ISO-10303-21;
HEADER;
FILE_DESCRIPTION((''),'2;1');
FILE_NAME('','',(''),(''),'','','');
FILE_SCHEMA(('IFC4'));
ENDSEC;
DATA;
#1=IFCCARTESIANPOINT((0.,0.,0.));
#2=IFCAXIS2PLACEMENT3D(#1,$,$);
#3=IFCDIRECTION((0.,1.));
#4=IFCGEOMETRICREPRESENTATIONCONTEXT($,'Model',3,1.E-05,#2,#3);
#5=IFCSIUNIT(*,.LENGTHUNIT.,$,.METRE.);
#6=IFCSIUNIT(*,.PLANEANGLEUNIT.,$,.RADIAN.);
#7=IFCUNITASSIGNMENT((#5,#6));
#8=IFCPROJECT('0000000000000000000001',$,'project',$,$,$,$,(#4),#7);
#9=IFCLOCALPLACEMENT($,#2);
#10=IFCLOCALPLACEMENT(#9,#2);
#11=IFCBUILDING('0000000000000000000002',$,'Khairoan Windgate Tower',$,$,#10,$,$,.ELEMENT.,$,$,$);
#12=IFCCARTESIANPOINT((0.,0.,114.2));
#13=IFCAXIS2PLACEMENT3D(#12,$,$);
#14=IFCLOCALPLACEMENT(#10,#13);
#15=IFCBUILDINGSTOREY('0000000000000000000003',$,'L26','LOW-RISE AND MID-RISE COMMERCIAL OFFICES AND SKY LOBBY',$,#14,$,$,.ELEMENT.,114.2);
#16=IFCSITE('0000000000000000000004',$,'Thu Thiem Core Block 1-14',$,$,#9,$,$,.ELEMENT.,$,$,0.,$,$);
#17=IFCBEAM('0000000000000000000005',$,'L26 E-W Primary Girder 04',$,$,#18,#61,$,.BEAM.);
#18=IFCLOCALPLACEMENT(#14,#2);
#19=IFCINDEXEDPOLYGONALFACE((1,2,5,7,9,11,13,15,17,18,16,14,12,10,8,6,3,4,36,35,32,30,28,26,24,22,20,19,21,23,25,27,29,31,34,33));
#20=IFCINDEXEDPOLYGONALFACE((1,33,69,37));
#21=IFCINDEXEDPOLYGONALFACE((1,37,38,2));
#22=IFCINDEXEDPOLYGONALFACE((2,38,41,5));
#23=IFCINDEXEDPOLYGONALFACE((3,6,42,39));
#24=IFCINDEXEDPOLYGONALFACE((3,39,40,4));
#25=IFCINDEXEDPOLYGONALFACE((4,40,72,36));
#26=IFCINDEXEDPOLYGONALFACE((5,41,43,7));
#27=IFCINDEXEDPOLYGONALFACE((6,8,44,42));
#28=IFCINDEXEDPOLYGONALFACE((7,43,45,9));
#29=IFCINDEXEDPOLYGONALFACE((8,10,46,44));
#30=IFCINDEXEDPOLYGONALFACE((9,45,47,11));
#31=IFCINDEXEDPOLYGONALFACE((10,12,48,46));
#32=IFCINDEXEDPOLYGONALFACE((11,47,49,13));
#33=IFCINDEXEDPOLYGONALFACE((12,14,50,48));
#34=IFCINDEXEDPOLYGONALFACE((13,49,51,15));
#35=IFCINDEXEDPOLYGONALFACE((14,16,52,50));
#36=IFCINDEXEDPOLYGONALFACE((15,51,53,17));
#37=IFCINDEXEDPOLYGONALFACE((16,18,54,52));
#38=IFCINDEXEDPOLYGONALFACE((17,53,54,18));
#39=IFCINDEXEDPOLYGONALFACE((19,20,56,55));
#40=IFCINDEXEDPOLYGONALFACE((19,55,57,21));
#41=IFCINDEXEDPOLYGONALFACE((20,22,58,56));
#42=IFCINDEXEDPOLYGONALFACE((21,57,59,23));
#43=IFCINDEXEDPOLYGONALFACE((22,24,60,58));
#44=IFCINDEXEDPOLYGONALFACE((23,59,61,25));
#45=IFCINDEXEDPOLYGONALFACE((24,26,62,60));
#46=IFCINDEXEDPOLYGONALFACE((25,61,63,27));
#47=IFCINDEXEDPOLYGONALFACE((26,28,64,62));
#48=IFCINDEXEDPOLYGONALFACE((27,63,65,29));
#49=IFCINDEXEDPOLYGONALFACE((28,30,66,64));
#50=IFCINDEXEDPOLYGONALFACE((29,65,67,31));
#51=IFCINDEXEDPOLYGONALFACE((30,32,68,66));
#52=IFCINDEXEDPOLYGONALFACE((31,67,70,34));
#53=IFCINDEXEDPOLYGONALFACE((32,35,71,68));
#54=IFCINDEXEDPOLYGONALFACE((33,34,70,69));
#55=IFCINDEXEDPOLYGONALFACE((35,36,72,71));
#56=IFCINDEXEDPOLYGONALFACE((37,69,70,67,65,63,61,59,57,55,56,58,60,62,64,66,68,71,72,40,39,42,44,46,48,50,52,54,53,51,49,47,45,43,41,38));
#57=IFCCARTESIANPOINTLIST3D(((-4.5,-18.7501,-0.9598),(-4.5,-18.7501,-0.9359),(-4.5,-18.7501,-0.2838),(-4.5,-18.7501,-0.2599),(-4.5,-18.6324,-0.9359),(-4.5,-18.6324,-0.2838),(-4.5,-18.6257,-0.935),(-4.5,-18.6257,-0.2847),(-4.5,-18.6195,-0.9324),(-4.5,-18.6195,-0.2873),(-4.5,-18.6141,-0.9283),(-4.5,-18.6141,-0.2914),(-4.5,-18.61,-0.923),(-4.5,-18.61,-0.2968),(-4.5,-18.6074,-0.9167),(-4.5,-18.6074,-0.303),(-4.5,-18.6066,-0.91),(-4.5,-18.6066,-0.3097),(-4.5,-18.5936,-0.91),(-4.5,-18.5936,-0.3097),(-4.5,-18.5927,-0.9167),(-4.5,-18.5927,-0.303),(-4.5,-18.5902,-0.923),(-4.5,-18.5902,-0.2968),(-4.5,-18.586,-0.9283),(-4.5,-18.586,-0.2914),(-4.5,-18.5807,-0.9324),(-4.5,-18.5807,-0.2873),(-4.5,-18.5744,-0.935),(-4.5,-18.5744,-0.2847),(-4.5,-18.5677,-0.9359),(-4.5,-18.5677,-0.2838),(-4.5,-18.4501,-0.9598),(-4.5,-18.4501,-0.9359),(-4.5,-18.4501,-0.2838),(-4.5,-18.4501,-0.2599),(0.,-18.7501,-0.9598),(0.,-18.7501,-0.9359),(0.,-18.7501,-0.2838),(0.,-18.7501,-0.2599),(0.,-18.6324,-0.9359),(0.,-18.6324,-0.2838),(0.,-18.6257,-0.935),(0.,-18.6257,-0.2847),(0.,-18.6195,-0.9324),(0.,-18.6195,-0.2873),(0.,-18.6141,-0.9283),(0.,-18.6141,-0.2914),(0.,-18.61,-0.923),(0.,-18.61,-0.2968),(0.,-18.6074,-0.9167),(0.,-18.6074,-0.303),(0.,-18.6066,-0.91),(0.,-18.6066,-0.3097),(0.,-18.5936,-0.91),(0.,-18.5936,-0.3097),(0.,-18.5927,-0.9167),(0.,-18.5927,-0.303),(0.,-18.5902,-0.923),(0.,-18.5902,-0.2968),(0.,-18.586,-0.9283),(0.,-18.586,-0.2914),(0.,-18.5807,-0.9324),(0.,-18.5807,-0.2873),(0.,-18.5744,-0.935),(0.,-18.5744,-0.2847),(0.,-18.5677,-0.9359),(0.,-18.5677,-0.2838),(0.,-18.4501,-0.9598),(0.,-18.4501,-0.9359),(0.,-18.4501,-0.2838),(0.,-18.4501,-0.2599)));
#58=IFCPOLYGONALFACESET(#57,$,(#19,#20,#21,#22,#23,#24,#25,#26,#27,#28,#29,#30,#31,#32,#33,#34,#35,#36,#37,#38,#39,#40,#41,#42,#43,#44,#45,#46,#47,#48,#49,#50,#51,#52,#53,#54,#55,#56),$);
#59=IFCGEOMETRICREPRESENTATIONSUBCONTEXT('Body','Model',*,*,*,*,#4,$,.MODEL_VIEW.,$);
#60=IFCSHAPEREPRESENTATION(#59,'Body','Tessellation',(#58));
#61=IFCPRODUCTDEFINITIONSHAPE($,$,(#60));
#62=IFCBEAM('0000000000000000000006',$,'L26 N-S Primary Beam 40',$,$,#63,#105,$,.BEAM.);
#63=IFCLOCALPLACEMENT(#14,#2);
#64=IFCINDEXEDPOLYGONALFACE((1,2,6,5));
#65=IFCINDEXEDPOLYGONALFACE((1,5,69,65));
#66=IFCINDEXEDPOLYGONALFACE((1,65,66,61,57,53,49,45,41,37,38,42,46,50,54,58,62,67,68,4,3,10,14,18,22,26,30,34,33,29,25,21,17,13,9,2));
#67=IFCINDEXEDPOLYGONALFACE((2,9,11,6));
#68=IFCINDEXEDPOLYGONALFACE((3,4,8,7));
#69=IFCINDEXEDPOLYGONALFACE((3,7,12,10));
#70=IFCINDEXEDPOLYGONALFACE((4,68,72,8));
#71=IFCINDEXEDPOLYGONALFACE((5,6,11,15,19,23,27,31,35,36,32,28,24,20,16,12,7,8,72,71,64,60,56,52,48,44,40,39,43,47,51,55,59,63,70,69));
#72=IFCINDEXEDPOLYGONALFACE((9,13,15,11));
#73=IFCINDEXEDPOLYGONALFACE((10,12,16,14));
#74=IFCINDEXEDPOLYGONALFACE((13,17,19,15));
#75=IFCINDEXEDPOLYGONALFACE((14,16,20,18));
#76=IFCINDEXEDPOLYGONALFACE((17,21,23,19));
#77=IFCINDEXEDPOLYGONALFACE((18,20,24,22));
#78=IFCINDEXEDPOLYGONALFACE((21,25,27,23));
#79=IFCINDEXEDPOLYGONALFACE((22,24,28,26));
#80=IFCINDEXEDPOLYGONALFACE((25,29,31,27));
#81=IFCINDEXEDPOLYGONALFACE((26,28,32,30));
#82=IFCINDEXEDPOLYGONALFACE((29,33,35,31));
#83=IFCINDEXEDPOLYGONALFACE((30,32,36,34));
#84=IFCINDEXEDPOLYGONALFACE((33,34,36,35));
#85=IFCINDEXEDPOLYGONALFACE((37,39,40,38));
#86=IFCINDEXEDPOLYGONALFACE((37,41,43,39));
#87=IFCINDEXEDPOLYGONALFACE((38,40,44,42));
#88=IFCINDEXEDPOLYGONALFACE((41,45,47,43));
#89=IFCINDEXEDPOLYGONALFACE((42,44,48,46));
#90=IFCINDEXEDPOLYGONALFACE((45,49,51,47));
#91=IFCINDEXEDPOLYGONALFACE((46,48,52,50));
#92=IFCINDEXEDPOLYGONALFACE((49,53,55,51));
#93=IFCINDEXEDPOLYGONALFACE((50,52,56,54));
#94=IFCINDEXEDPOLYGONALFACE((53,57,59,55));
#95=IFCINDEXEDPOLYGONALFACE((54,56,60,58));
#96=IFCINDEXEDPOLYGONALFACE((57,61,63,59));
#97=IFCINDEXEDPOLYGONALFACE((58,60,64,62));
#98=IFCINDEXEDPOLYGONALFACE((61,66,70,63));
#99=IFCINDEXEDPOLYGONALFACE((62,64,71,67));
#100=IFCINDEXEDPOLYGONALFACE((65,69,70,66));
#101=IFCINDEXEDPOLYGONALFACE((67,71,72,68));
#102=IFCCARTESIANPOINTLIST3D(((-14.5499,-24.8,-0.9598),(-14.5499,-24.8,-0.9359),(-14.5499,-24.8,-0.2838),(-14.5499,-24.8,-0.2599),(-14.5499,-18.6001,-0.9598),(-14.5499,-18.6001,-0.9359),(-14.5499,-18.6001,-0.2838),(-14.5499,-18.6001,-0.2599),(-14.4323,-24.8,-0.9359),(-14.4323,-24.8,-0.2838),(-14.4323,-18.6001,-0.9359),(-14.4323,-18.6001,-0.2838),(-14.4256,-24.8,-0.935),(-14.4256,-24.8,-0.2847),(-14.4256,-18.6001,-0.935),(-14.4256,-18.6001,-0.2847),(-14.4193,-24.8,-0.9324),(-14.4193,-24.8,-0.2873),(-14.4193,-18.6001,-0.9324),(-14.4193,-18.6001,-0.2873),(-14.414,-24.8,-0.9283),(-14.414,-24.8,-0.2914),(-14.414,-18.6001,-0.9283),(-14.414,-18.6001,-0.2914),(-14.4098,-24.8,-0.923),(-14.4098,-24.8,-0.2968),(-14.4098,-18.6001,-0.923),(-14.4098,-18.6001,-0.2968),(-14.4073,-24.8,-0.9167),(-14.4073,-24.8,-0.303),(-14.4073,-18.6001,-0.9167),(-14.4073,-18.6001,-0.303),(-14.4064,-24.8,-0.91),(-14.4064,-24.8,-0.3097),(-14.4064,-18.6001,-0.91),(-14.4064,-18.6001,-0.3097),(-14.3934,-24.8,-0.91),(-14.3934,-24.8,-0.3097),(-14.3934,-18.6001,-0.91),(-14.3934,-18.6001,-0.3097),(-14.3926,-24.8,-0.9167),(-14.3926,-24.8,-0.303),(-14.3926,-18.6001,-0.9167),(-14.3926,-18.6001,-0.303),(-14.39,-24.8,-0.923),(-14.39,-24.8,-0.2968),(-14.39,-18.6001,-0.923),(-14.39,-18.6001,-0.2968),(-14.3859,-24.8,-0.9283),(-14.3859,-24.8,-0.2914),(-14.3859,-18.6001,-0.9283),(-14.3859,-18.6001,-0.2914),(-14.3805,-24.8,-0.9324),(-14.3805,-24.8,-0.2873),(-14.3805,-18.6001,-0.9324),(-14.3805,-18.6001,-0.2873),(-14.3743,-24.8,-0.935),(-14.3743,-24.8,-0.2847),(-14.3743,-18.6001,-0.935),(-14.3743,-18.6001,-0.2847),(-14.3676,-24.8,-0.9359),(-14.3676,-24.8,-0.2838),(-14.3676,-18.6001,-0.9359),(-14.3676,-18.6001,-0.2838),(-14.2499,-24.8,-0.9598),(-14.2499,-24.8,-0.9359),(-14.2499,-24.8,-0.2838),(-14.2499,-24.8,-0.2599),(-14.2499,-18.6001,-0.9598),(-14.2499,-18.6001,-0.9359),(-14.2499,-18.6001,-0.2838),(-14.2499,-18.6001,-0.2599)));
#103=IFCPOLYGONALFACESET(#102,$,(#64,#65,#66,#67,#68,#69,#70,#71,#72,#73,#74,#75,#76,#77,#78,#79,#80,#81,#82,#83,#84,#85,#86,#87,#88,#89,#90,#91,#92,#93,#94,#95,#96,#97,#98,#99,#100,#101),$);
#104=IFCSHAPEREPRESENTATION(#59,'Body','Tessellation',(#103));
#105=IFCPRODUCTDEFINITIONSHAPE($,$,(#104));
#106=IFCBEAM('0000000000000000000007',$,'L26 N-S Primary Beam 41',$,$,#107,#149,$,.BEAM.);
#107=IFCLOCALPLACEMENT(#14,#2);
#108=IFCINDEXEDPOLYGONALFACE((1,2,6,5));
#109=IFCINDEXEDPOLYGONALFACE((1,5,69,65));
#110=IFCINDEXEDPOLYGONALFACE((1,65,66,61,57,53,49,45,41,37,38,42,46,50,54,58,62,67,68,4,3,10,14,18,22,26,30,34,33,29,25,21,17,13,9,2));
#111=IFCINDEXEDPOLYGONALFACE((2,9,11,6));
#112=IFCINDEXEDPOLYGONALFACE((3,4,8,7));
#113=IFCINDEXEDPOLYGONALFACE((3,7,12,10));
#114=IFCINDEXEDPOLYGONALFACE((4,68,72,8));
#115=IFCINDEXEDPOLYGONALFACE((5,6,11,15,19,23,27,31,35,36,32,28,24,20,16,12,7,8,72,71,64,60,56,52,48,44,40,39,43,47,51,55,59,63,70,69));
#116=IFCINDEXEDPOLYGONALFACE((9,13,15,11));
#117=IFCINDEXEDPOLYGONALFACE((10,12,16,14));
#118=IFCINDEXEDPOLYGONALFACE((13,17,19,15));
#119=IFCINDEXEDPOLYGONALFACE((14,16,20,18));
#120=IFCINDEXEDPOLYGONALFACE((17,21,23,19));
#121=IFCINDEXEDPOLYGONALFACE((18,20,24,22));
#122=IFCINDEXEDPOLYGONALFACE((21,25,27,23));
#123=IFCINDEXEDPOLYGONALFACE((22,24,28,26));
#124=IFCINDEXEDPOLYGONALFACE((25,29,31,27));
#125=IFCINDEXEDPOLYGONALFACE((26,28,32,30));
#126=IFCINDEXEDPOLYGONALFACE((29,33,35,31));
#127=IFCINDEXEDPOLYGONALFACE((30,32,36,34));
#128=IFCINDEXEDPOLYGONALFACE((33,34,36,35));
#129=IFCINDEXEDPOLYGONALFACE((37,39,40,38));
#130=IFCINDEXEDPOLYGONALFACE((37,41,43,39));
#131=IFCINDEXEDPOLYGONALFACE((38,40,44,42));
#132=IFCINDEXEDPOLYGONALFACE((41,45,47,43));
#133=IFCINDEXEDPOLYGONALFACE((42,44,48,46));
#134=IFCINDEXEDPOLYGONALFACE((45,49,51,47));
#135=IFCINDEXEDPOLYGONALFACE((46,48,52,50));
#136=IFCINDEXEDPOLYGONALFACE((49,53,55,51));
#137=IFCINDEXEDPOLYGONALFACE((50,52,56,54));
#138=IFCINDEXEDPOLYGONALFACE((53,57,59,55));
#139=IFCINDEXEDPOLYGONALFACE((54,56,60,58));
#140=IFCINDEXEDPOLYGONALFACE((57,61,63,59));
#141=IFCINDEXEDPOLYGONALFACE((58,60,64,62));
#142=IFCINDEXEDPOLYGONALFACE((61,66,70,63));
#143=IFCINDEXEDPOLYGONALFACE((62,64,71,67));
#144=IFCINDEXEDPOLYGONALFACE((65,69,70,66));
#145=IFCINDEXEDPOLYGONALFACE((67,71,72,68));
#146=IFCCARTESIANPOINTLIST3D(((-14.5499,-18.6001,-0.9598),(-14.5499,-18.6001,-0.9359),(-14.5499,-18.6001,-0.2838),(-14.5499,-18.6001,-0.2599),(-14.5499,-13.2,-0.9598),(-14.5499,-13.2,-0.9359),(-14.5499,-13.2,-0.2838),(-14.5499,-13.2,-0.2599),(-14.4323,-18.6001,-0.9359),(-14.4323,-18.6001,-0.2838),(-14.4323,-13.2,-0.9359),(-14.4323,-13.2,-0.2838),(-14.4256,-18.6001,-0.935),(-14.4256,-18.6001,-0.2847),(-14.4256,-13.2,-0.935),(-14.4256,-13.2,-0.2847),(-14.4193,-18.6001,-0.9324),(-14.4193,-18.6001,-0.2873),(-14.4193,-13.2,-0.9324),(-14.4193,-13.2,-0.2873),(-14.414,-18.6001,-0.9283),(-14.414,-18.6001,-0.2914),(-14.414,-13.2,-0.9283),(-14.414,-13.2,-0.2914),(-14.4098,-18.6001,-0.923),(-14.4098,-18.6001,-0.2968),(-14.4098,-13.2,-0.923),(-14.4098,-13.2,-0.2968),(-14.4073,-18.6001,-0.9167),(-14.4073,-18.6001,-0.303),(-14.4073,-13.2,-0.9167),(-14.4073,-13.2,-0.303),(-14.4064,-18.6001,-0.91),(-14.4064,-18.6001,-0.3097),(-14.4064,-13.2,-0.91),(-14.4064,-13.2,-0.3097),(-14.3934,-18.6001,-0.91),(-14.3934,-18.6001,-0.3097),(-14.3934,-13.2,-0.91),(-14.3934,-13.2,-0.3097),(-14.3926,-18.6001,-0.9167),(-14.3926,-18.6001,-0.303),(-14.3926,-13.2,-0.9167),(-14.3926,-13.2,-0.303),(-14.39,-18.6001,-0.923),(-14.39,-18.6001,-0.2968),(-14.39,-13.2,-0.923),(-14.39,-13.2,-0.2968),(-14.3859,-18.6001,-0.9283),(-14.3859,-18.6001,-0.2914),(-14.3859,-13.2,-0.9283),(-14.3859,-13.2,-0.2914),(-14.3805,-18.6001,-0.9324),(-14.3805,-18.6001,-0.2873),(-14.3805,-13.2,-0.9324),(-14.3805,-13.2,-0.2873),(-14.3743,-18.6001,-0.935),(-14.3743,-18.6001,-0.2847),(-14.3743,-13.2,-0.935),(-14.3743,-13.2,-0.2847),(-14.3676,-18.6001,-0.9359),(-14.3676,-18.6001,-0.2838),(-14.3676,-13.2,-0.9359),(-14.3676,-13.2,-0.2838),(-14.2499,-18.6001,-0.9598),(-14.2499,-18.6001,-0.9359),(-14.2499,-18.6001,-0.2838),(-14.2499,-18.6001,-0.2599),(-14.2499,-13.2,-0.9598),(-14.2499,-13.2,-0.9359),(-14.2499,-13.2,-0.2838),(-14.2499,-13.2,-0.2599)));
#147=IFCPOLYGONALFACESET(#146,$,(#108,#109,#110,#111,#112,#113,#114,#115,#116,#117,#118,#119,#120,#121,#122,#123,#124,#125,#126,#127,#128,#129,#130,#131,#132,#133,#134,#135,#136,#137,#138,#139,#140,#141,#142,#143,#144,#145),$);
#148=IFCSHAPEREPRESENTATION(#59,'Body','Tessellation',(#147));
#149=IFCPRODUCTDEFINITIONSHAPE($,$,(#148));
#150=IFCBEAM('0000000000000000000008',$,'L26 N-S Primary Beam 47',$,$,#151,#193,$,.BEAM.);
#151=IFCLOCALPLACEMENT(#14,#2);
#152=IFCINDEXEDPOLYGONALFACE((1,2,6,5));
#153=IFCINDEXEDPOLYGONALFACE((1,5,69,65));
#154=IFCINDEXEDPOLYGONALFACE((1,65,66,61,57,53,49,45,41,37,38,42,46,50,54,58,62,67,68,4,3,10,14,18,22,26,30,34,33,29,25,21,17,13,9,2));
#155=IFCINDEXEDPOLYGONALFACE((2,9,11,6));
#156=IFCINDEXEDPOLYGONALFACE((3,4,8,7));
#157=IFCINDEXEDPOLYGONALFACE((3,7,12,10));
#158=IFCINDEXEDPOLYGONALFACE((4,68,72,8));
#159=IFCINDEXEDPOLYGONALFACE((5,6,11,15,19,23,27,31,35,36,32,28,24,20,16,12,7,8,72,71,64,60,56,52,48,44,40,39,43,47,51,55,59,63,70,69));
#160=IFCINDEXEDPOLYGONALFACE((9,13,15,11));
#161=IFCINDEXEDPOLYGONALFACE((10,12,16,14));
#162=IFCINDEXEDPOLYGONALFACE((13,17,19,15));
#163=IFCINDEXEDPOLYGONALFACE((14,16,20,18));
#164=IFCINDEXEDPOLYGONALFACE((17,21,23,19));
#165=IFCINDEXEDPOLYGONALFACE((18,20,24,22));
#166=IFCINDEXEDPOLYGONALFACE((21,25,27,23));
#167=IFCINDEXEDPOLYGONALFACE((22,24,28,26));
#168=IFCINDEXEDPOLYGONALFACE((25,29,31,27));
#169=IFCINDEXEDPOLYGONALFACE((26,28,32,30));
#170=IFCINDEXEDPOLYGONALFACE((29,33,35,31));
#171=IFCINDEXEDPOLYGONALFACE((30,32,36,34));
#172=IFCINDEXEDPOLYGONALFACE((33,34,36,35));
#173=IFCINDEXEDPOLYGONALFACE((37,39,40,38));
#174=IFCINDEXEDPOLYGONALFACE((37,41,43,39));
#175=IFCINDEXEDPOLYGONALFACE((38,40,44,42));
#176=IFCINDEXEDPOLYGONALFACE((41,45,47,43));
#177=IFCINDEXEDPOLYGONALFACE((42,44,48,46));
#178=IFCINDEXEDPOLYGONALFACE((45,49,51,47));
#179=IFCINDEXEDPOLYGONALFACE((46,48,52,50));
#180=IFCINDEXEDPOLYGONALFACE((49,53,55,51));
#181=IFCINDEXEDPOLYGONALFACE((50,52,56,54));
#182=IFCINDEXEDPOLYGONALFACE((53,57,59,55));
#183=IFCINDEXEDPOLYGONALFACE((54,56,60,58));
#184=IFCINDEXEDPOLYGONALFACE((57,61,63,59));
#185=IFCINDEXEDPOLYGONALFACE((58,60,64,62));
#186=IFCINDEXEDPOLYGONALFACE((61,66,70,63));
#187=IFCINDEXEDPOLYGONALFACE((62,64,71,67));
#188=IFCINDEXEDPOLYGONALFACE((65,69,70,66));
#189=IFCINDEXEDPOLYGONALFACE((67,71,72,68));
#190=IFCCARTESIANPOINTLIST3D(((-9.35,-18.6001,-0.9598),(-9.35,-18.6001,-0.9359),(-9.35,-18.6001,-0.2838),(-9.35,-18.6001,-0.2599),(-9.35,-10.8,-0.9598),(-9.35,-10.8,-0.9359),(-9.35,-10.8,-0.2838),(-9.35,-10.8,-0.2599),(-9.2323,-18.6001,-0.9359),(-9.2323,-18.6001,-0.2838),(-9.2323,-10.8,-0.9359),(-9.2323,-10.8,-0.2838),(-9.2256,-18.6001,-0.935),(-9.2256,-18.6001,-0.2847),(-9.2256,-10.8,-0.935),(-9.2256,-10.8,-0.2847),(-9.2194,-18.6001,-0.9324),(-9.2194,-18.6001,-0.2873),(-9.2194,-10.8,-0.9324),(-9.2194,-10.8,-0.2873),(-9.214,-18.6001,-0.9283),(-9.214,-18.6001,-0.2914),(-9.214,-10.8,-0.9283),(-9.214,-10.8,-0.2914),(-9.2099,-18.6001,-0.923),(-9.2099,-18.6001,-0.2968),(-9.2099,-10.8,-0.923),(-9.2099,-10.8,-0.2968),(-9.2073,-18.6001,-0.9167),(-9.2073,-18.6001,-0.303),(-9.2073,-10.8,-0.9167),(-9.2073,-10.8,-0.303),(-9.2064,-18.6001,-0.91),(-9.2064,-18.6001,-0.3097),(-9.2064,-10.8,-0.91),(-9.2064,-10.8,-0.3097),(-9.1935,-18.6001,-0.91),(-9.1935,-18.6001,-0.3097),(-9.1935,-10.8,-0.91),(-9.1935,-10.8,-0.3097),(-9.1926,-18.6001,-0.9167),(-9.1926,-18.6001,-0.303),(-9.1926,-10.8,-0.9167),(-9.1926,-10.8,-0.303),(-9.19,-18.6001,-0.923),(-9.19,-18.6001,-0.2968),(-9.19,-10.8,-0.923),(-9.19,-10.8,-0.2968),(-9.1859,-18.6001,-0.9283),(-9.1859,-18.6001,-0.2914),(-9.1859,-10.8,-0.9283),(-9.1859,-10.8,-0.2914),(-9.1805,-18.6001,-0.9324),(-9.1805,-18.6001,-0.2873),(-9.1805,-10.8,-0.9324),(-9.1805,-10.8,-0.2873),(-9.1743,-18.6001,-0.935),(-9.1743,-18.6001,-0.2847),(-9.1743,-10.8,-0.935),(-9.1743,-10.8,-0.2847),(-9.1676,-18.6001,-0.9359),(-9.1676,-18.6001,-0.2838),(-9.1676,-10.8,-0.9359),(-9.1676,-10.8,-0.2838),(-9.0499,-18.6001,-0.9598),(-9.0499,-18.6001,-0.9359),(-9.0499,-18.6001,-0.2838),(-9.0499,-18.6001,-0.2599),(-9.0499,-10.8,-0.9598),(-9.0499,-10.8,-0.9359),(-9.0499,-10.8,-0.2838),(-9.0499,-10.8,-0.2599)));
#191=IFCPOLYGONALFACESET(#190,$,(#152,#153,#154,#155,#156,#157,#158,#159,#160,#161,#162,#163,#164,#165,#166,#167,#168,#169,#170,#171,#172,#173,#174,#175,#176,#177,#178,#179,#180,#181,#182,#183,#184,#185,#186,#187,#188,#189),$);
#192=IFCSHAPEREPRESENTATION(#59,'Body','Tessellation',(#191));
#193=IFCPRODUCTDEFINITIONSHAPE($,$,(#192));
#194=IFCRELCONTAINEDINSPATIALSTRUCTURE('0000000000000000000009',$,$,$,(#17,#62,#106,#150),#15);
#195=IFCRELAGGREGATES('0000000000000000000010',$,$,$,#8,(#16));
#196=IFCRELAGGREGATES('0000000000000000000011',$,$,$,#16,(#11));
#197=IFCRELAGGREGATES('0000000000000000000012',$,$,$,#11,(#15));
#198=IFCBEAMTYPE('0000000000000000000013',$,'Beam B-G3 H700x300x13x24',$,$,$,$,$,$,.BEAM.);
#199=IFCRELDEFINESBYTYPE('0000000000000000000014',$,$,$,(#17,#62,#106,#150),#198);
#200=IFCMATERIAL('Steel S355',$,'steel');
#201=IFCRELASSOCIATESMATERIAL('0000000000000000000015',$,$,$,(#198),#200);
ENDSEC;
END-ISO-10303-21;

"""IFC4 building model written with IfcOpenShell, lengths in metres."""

from ifc_helpers import new_model, si_unit, direction, frame, origin, origin_2d, place, context, subcontext, project, spatial, i_section, extrude, material, material_profile, profile_set, type_object, element, save


model = new_model("IFC4")

# Units and contexts
model_context = context("Model", 3, precision=1e-05, world=origin(), true_north=direction((0.0, 1.0)))
body_context = subcontext(model_context, "Body", "Model", "MODEL_VIEW")
ifc_project = project(units=[si_unit("LENGTHUNIT", "METRE"), si_unit("PLANEANGLEUNIT", "RADIAN")], contexts=[model_context])

# Site, building, storey
site_placement = place(None, origin())
site = spatial("IfcSite", under=ifc_project, at=site_placement, Name="Thu Thiem Core Block 1-14", CompositionType="ELEMENT", RefElevation=0.0)
building_placement = place(site_placement, origin())
building = spatial("IfcBuilding", under=site, at=building_placement, Name="Khairoan Windgate Tower", CompositionType="ELEMENT")
storey_placement = place(building_placement, frame((0.0, 0.0, 114.2)))
storey = spatial("IfcBuildingStorey", under=building, at=storey_placement, Name="L26", Description="LOW-RISE AND MID-RISE COMMERCIAL OFFICES AND SKY LOBBY", CompositionType="ELEMENT", Elevation=114.2)

# Beams
ifc_material_1 = material(Name="Steel S355", Category="steel")
ifc_material_profile_1 = material_profile(ifc_material_1, i_section(OverallWidth=0.3, OverallDepth=0.7, WebThickness=0.0129, FlangeThickness=0.0239, FilletRadius=0.0259, at=origin_2d()))
ifc_profile_set_1 = profile_set([ifc_material_profile_1], Name="Steel S355")
beam_type_1 = type_object("IfcBeamType", Name="Beam B-G3 H700x300x13x24", PredefinedType="BEAM", material=ifc_profile_set_1)
beam_1_placement = place(storey_placement, frame((-4.5, -18.6001, -0.6099), z_axis=(1.0, 0.0, 0.0), x_axis=(0.0, 1.0, 0.0)))
element("IfcBeam", 1, at=beam_1_placement, inside=storey, type_object=beam_type_1, Name="L26 E-W Primary Girder 04", PredefinedType="BEAM", context=body_context, shape_type="SweptSolid", body=[
    extrude(i_section(OverallWidth=0.3, OverallDepth=0.7, WebThickness=0.0129, FlangeThickness=0.0239, FilletRadius=0.0259, at=origin_2d()), origin(), (0.0, 0.0, 1.0), 4.5),
])
beam_2_placement = place(storey_placement, frame((-14.3999, -24.8, -0.6099), z_axis=(0.0, 1.0, 0.0), x_axis=(-1.0, 0.0, 0.0)))
element("IfcBeam", 2, at=beam_2_placement, inside=storey, type_object=beam_type_1, Name="L26 N-S Primary Beam 40", PredefinedType="BEAM", context=body_context, shape_type="SweptSolid", body=[
    extrude(i_section(OverallWidth=0.3, OverallDepth=0.7, WebThickness=0.0129, FlangeThickness=0.0239, FilletRadius=0.0259, at=origin_2d()), origin(), (0.0, 0.0, 1.0), 6.2),
])
beam_3_placement = place(storey_placement, frame((-14.3999, -18.6001, -0.6099), z_axis=(0.0, 1.0, 0.0), x_axis=(-1.0, 0.0, 0.0)))
element("IfcBeam", 3, at=beam_3_placement, inside=storey, type_object=beam_type_1, Name="L26 N-S Primary Beam 41", PredefinedType="BEAM", context=body_context, shape_type="SweptSolid", body=[
    extrude(i_section(OverallWidth=0.3, OverallDepth=0.7, WebThickness=0.0129, FlangeThickness=0.0239, FilletRadius=0.0259, at=origin_2d()), origin(), (0.0, 0.0, 1.0), 5.4001),
])
beam_4_placement = place(storey_placement, frame((-9.2, -18.6001, -0.6099), z_axis=(0.0, 1.0, 0.0), x_axis=(-1.0, 0.0, 0.0)))
element("IfcBeam", 4, at=beam_4_placement, inside=storey, type_object=beam_type_1, Name="L26 N-S Primary Beam 47", PredefinedType="BEAM", context=body_context, shape_type="SweptSolid", body=[
    extrude(i_section(OverallWidth=0.3, OverallDepth=0.7, WebThickness=0.0129, FlangeThickness=0.0239, FilletRadius=0.0259, at=origin_2d()), origin(), (0.0, 0.0, 1.0), 7.8),
])

save(model, "model.ifc")
